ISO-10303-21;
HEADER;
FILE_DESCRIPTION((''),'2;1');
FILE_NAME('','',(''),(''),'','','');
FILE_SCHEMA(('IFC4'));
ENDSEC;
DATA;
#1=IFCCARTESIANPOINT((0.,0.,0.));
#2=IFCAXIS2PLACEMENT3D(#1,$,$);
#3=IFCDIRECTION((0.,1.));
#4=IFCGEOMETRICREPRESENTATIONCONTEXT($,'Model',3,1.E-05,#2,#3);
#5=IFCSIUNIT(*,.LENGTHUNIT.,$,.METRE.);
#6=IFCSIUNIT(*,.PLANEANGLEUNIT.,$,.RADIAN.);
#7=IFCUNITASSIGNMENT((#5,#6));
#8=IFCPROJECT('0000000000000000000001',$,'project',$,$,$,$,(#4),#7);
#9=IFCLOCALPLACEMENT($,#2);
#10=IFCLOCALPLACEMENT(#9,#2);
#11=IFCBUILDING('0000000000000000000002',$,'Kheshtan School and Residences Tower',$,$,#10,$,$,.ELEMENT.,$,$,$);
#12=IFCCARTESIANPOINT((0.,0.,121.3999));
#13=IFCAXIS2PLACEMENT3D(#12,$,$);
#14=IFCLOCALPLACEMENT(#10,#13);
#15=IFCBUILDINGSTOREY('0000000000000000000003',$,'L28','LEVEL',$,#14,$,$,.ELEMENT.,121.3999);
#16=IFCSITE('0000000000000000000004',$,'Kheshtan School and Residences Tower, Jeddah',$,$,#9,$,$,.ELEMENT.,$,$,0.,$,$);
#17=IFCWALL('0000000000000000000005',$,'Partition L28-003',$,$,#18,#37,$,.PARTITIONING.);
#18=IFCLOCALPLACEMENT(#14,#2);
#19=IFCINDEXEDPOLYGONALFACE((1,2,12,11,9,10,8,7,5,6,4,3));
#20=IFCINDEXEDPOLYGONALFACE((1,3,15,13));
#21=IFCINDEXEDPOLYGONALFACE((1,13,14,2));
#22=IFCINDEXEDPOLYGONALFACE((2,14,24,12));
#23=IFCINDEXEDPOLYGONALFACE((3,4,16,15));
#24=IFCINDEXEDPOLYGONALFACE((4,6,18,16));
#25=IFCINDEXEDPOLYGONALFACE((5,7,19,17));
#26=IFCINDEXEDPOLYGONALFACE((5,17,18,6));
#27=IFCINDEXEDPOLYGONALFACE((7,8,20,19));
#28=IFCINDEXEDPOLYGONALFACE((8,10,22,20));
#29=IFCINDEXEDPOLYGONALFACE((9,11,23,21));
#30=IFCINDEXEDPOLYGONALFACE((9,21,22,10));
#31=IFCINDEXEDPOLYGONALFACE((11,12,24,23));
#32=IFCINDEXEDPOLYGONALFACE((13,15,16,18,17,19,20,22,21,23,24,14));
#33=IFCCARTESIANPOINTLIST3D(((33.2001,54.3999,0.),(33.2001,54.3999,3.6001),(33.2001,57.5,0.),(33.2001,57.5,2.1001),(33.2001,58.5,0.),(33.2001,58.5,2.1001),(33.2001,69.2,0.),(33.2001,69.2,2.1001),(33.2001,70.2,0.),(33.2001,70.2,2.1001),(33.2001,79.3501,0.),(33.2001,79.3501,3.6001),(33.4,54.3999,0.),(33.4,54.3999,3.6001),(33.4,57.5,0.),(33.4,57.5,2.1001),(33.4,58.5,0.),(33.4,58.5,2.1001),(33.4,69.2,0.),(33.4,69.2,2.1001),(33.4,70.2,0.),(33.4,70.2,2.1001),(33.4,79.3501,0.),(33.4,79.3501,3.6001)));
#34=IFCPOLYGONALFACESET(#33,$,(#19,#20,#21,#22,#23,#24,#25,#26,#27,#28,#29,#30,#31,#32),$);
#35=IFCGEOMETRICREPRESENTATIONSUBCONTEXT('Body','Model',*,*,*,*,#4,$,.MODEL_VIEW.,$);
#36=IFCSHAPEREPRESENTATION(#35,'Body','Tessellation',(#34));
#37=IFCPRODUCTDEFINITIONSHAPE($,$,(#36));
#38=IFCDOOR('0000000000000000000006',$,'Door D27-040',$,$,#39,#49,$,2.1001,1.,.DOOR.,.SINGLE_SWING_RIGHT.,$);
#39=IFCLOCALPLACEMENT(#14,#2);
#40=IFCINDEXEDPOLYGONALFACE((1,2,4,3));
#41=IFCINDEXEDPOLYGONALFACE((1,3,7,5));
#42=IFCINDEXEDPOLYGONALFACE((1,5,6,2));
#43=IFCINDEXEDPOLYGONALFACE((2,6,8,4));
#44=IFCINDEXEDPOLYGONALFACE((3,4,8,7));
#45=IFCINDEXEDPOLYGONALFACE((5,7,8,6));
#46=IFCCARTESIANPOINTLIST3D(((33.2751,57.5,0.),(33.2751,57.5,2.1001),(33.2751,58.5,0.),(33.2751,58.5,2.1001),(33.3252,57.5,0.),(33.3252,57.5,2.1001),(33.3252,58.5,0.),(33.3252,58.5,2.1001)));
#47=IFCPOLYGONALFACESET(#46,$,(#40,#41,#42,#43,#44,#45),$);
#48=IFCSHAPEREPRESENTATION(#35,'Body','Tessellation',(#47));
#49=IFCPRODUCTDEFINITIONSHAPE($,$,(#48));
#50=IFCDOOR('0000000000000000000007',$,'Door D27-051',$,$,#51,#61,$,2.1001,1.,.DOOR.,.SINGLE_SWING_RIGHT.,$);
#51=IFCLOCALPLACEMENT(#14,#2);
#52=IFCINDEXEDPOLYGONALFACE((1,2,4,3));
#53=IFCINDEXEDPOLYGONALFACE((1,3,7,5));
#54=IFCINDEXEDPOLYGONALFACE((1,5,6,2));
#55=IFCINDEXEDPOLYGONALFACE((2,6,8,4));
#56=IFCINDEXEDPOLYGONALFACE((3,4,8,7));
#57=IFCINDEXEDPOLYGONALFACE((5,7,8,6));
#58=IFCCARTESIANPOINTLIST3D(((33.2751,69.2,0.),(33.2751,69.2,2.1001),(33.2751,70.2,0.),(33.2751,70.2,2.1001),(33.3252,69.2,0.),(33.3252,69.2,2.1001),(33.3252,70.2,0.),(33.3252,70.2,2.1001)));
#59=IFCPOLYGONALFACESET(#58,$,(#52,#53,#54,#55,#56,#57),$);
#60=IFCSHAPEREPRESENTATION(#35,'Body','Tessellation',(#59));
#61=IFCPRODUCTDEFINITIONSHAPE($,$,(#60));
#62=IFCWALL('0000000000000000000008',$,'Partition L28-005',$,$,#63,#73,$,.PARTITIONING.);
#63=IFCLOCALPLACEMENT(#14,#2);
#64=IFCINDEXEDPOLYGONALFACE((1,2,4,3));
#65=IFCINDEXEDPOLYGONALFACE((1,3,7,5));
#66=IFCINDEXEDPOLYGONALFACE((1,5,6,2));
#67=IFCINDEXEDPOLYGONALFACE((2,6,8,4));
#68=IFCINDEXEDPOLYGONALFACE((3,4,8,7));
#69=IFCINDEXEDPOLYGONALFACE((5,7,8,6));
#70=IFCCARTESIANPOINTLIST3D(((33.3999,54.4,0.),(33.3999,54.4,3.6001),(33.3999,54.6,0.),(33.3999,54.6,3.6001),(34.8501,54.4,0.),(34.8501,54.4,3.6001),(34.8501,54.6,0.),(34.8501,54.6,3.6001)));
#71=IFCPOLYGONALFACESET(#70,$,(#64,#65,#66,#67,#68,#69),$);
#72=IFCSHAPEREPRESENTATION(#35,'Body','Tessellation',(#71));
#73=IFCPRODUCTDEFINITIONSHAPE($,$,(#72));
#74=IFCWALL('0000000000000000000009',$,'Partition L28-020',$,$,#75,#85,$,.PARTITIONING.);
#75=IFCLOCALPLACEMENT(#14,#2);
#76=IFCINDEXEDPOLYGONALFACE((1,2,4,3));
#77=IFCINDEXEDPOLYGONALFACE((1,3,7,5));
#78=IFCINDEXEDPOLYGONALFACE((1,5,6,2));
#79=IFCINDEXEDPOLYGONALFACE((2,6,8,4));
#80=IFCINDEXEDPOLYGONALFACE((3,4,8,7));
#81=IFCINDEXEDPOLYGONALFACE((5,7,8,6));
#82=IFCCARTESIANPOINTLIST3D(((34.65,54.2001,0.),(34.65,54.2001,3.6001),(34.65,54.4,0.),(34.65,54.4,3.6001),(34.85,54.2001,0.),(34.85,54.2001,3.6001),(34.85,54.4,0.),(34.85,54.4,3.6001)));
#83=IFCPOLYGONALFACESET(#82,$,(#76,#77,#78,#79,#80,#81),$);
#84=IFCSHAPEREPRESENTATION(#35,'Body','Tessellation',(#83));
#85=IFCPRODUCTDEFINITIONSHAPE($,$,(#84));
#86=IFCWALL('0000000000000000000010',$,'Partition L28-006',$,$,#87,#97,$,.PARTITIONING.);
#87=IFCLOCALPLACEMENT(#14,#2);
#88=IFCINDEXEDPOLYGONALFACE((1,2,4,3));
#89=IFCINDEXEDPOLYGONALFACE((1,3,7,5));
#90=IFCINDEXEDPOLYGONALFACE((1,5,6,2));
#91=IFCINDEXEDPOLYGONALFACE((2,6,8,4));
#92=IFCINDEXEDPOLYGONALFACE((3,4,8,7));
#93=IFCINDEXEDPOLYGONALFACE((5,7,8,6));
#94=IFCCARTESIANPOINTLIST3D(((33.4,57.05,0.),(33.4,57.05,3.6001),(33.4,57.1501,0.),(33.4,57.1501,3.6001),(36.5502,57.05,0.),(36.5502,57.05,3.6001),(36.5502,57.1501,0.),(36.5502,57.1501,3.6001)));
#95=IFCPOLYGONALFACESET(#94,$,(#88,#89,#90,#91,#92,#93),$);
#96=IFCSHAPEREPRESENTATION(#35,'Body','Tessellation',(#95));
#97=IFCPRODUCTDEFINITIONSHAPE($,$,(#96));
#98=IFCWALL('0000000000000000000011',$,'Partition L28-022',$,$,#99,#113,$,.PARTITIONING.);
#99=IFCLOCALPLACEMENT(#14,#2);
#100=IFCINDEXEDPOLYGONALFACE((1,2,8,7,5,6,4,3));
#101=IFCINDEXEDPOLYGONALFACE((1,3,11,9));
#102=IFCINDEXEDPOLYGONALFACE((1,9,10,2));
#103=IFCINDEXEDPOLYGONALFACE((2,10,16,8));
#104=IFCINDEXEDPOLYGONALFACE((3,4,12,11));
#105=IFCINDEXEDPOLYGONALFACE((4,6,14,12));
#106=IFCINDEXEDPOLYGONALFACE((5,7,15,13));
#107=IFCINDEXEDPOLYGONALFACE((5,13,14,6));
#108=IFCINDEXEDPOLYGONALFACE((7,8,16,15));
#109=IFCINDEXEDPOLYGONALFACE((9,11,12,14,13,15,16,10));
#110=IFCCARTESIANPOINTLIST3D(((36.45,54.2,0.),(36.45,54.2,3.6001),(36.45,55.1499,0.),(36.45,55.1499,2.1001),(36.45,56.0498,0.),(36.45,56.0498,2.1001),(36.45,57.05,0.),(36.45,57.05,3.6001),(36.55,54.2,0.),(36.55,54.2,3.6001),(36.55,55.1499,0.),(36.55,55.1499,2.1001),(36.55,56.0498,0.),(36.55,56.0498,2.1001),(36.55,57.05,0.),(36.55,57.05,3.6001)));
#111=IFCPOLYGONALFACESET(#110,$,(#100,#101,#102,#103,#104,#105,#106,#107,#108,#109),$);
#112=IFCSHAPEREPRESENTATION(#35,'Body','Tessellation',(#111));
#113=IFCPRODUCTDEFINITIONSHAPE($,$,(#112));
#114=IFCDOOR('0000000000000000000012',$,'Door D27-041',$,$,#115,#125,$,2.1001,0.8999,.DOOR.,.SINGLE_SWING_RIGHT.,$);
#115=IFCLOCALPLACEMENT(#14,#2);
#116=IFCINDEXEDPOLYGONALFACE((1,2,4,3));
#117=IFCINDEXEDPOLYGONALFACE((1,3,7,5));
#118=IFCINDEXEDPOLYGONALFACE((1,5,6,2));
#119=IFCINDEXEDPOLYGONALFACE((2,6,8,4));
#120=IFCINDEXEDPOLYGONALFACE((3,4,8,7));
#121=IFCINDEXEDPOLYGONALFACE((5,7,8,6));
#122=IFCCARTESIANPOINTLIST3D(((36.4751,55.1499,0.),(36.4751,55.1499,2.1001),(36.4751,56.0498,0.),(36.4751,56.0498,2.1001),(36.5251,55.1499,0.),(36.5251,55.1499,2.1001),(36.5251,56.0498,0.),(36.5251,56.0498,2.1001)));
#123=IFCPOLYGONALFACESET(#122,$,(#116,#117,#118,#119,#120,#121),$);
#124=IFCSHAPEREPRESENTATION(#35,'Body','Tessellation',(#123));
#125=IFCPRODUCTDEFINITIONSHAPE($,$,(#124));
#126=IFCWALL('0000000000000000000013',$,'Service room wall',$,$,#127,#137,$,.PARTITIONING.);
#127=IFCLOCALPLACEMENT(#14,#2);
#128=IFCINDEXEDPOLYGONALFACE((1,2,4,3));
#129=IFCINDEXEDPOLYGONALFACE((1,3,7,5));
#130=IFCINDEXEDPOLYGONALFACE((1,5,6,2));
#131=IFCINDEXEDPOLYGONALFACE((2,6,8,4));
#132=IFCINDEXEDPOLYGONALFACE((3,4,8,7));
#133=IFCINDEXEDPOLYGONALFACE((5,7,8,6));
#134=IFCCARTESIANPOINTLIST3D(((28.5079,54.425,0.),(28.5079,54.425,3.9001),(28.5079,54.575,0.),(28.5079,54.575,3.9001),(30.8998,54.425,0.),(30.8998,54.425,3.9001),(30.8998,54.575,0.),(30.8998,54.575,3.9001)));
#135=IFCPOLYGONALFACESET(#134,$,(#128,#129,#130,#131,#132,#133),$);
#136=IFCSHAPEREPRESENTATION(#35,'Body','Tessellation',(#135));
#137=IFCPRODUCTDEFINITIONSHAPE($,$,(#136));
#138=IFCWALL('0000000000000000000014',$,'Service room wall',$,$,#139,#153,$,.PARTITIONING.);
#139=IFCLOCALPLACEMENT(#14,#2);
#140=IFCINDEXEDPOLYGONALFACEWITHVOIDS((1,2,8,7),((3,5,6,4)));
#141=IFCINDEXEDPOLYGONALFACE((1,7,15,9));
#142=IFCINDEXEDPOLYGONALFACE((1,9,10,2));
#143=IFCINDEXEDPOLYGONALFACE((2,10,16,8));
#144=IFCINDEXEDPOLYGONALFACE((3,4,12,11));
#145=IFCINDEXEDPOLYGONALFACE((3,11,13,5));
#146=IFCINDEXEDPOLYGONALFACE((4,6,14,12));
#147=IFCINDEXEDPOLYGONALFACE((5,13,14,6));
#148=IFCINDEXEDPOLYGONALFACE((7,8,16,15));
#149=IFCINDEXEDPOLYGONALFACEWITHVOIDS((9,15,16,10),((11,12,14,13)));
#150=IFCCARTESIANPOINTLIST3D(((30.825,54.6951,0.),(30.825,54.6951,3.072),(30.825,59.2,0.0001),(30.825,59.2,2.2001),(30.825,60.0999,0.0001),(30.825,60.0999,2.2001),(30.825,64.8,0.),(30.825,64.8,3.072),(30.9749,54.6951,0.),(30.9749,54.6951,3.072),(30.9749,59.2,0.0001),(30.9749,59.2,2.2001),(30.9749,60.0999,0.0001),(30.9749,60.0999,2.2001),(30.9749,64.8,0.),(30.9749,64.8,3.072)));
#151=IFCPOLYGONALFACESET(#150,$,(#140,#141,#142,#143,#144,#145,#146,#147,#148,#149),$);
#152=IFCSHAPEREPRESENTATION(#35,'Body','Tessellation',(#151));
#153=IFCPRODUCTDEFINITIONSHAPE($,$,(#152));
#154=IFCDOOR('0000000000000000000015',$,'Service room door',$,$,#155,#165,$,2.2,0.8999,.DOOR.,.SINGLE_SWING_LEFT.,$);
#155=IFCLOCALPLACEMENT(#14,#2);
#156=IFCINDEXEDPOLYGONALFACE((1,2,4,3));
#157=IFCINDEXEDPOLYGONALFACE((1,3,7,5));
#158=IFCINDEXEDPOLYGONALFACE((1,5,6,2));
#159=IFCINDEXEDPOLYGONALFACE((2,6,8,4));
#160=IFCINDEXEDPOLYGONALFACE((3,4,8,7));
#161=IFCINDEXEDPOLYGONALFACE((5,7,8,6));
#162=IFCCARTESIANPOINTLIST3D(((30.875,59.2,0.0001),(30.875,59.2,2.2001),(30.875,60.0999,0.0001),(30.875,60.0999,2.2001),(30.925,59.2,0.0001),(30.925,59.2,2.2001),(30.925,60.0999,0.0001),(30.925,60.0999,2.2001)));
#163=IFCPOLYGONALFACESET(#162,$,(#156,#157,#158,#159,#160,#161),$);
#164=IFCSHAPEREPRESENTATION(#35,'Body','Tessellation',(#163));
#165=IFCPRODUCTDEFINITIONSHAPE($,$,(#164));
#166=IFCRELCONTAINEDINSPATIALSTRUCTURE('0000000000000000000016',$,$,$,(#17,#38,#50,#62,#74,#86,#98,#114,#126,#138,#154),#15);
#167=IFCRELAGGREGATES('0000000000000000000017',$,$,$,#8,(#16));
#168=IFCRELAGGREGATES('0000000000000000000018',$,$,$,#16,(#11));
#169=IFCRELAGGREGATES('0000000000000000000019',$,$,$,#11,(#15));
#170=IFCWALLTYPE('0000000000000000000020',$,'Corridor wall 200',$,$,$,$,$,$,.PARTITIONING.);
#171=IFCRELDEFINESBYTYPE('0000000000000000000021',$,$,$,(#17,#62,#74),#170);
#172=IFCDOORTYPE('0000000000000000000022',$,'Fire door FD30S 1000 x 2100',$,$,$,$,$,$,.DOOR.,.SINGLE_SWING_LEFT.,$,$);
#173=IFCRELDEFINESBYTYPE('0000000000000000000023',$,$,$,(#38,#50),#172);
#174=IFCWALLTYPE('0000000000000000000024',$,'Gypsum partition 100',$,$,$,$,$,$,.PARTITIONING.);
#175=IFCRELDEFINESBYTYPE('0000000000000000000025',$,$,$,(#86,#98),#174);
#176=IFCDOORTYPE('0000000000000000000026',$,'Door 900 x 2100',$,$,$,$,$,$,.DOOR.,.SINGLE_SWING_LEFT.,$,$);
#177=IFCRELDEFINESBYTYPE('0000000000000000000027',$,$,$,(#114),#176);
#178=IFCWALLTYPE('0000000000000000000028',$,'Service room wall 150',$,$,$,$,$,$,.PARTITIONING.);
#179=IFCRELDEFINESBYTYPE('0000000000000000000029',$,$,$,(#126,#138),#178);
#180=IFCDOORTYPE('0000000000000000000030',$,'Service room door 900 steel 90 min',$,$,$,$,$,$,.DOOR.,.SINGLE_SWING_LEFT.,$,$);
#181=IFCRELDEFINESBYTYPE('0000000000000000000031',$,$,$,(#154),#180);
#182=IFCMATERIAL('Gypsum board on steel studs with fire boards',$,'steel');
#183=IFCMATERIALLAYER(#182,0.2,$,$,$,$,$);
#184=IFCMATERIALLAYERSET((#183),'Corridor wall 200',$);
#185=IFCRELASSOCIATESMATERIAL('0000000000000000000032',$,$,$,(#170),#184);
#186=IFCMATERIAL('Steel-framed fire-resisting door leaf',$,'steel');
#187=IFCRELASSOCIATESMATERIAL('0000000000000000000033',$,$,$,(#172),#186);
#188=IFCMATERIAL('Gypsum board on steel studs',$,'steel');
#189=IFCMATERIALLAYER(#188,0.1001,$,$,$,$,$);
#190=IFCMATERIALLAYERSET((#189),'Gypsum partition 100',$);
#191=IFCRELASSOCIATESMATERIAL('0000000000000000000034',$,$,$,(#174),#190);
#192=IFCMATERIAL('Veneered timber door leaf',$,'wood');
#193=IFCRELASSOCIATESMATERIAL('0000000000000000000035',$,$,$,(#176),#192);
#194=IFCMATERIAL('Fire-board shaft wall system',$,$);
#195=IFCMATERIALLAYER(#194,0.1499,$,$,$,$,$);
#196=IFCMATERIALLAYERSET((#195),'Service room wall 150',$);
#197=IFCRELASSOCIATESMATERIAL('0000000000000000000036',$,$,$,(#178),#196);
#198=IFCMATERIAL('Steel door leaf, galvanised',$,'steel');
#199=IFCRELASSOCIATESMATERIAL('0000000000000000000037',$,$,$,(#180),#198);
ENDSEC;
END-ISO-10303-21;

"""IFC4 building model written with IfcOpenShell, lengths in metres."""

from ifc_helpers import new_model, si_unit, direction, frame, frame_2d, origin, place, context, subcontext, project, spatial, rectangle, extrude, source, transform, mapped, material, layer, layer_set, type_object, element, fill, save


model = new_model("IFC4")

# Units and contexts
model_context = context("Model", 3, precision=1e-05, world=origin(), true_north=direction((0.0, 1.0)))
body_context = subcontext(model_context, "Body", "Model", "MODEL_VIEW")
ifc_project = project(units=[si_unit("LENGTHUNIT", "METRE"), si_unit("PLANEANGLEUNIT", "RADIAN")], contexts=[model_context])

# Site, building, storey
site_placement = place(None, origin())
site = spatial("IfcSite", under=ifc_project, at=site_placement, Name="Kheshtan School and Residences Tower, Jeddah", CompositionType="ELEMENT", RefElevation=0.0)
building_placement = place(site_placement, origin())
building = spatial("IfcBuilding", under=site, at=building_placement, Name="Kheshtan School and Residences Tower", CompositionType="ELEMENT")
storey_placement = place(building_placement, frame((0.0, 0.0, 121.3999)))
storey = spatial("IfcBuildingStorey", under=building, at=storey_placement, Name="L28", Description="LEVEL", CompositionType="ELEMENT", Elevation=121.3999)

# Wall, openings, doors
ifc_material_1 = material(Name="Gypsum board on steel studs with fire boards", Category="steel")
ifc_layer_1 = layer(ifc_material_1, 0.2)
ifc_layer_set_1 = layer_set([ifc_layer_1], Name="Corridor wall 200")
wall_type_1 = type_object("IfcWallType", Name="Corridor wall 200", PredefinedType="PARTITIONING", material=ifc_layer_set_1)
wall_1_placement = place(storey_placement, frame((33.3, 54.3999, 0.0), z_axis=(0.0, 0.0, 1.0), x_axis=(0.0, 1.0, 0.0)))
wall_1 = element("IfcWall", 1, at=wall_1_placement, inside=storey, type_object=wall_type_1, Name="Partition L28-003", PredefinedType="PARTITIONING", context=body_context, shape_type="SweptSolid", body=[
    extrude(rectangle(XDim=24.9502, YDim=0.2, at=frame_2d((12.4751, 0.0))), origin(), (0.0, 0.0, 1.0), 3.6001),
])
opening_1_placement = place(wall_1_placement, frame((3.1001, 0.0, 0.0)))
opening_1 = element("IfcOpeningElement", 2, at=opening_1_placement, cuts=wall_1, PredefinedType="OPENING", context=body_context, shape_type="SweptSolid", body=[
    extrude(rectangle(XDim=1.0, YDim=2.1001, at=frame_2d((0.5, 1.05))), frame((0.0, 0.1099, 0.0), z_axis=(0.0, -1.0, 0.0), x_axis=(1.0, 0.0, 0.0)), (0.0, 0.0, 1.0), 0.22),
])
opening_2_placement = place(wall_1_placement, frame((14.8, 0.0, 0.0)))
opening_2 = element("IfcOpeningElement", 3, at=opening_2_placement, cuts=wall_1, PredefinedType="OPENING", context=body_context, shape_type="SweptSolid", body=[
    extrude(rectangle(XDim=1.0, YDim=2.1001, at=frame_2d((0.5, 1.05))), frame((0.0, 0.1099, 0.0), z_axis=(0.0, -1.0, 0.0), x_axis=(1.0, 0.0, 0.0)), (0.0, 0.0, 1.0), 0.22),
])
ifc_material_2 = material(Name="Steel-framed fire-resisting door leaf", Category="steel")
door_type_1 = type_object("IfcDoorType", Name="Fire door FD30S 1000 x 2100", OperationType="SINGLE_SWING_LEFT", PredefinedType="DOOR", material=ifc_material_2)
shared_shape_1 = source(origin(), body_context, "Body", "SweptSolid", [
    extrude(rectangle(XDim=1.0, YDim=2.1001, at=frame_2d((0.5, 1.05))), frame((0.0, 0.0249, 0.0), z_axis=(0.0, -1.0, 0.0), x_axis=(1.0, 0.0, 0.0)), (0.0, 0.0, 1.0), 0.05),
])
door_1_placement = place(opening_1_placement, origin())
door_1 = element("IfcDoor", 4, at=door_1_placement, inside=storey, type_object=door_type_1, Name="Door D27-040", OperationType="SINGLE_SWING_RIGHT", OverallHeight=2.1001, OverallWidth=1.0, PredefinedType="DOOR", context=body_context, shape_type="MappedRepresentation", body=[
    mapped(shared_shape_1, transform((0.0, 0.0, 0.0), x_axis=(1.0, 0.0, 0.0), y_axis=(0.0, 1.0, 0.0), z_axis=(0.0, 0.0, 1.0), scale=1.0)),
])
fill(opening_1, door_1)
door_2_placement = place(opening_2_placement, origin())
door_2 = element("IfcDoor", 5, at=door_2_placement, inside=storey, type_object=door_type_1, Name="Door D27-051", OperationType="SINGLE_SWING_RIGHT", OverallHeight=2.1001, OverallWidth=1.0, PredefinedType="DOOR", context=body_context, shape_type="MappedRepresentation", body=[
    mapped(shared_shape_1, transform((0.0, 0.0, 0.0), x_axis=(1.0, 0.0, 0.0), y_axis=(0.0, 1.0, 0.0), z_axis=(0.0, 0.0, 1.0), scale=1.0)),
])
fill(opening_2, door_2)

# Walls
wall_2_placement = place(storey_placement, frame((33.3999, 54.5, 0.0), z_axis=(0.0, 0.0, 1.0), x_axis=(1.0, 0.0, 0.0)))
element("IfcWall", 6, at=wall_2_placement, inside=storey, type_object=wall_type_1, Name="Partition L28-005", PredefinedType="PARTITIONING", context=body_context, shape_type="SweptSolid", body=[
    extrude(rectangle(XDim=1.4502, YDim=0.2, at=frame_2d((0.7251, 0.0))), origin(), (0.0, 0.0, 1.0), 3.6001),
])
wall_3_placement = place(storey_placement, frame((34.75, 54.2, 0.0), z_axis=(0.0, 0.0, 1.0), x_axis=(0.0, 1.0, 0.0)))
element("IfcWall", 7, at=wall_3_placement, inside=storey, type_object=wall_type_1, Name="Partition L28-020", PredefinedType="PARTITIONING", context=body_context, shape_type="SweptSolid", body=[
    extrude(rectangle(XDim=0.2, YDim=0.2, at=frame_2d((0.1001, 0.0))), origin(), (0.0, 0.0, 1.0), 3.6001),
])
ifc_material_3 = material(Name="Gypsum board on steel studs", Category="steel")
ifc_layer_2 = layer(ifc_material_3, 0.1001)
ifc_layer_set_2 = layer_set([ifc_layer_2], Name="Gypsum partition 100")
wall_type_2 = type_object("IfcWallType", Name="Gypsum partition 100", PredefinedType="PARTITIONING", material=ifc_layer_set_2)
wall_4_placement = place(storey_placement, frame((33.3999, 57.1001, 0.0), z_axis=(0.0, 0.0, 1.0), x_axis=(1.0, 0.0, 0.0)))
element("IfcWall", 8, at=wall_4_placement, inside=storey, type_object=wall_type_2, Name="Partition L28-006", PredefinedType="PARTITIONING", context=body_context, shape_type="SweptSolid", body=[
    extrude(rectangle(XDim=3.1501, YDim=0.1001, at=frame_2d((1.5752, 0.0))), origin(), (0.0, 0.0, 1.0), 3.6001),
])

# Wall, opening, door
wall_5_placement = place(storey_placement, frame((36.5, 54.2, 0.0), z_axis=(0.0, 0.0, 1.0), x_axis=(0.0, 1.0, 0.0)))
wall_5 = element("IfcWall", 9, at=wall_5_placement, inside=storey, type_object=wall_type_2, Name="Partition L28-022", PredefinedType="PARTITIONING", context=body_context, shape_type="SweptSolid", body=[
    extrude(rectangle(XDim=2.8501, YDim=0.1001, at=frame_2d((1.425, 0.0))), origin(), (0.0, 0.0, 1.0), 3.6001),
])
opening_3_placement = place(wall_5_placement, frame((0.95, 0.0, 0.0)))
opening_3 = element("IfcOpeningElement", 10, at=opening_3_placement, cuts=wall_5, PredefinedType="OPENING", context=body_context, shape_type="SweptSolid", body=[
    extrude(rectangle(XDim=0.8999, YDim=2.1001, at=frame_2d((0.45, 1.05))), frame((0.0, 0.0601, 0.0), z_axis=(0.0, -1.0, 0.0), x_axis=(1.0, 0.0, 0.0)), (0.0, 0.0, 1.0), 0.1201),
])
ifc_material_4 = material(Name="Veneered timber door leaf", Category="wood")
door_type_2 = type_object("IfcDoorType", Name="Door 900 x 2100", OperationType="SINGLE_SWING_LEFT", PredefinedType="DOOR", material=ifc_material_4)
shared_shape_2 = source(origin(), body_context, "Body", "SweptSolid", [
    extrude(rectangle(XDim=0.8999, YDim=2.1001, at=frame_2d((0.45, 1.05))), frame((0.0, 0.0249, 0.0), z_axis=(0.0, -1.0, 0.0), x_axis=(1.0, 0.0, 0.0)), (0.0, 0.0, 1.0), 0.05),
])
door_3_placement = place(opening_3_placement, origin())
door_3 = element("IfcDoor", 11, at=door_3_placement, inside=storey, type_object=door_type_2, Name="Door D27-041", OperationType="SINGLE_SWING_RIGHT", OverallHeight=2.1001, OverallWidth=0.8999, PredefinedType="DOOR", context=body_context, shape_type="MappedRepresentation", body=[
    mapped(shared_shape_2, transform((0.0, 0.0, 0.0), x_axis=(1.0, 0.0, 0.0), y_axis=(0.0, 1.0, 0.0), z_axis=(0.0, 0.0, 1.0), scale=1.0)),
])
fill(opening_3, door_3)

# Wall
ifc_material_5 = material(Name="Fire-board shaft wall system")
ifc_layer_3 = layer(ifc_material_5, 0.1499)
ifc_layer_set_3 = layer_set([ifc_layer_3], Name="Service room wall 150")
wall_type_3 = type_object("IfcWallType", Name="Service room wall 150", PredefinedType="PARTITIONING", material=ifc_layer_set_3)
wall_6_placement = place(storey_placement, frame((28.5081, 54.5, 0.0), z_axis=(0.0, 0.0, 1.0), x_axis=(1.0, 0.0, 0.0)))
element("IfcWall", 12, at=wall_6_placement, inside=storey, type_object=wall_type_3, Name="Service room wall", PredefinedType="PARTITIONING", context=body_context, shape_type="SweptSolid", body=[
    extrude(rectangle(XDim=2.3918, YDim=0.1499, at=frame_2d((1.1958, 0.0))), origin(), (0.0, 0.0, 1.0), 3.9001),
])

# Wall, opening, door
wall_7_placement = place(storey_placement, frame((30.8999, 54.6951, 0.0), z_axis=(0.0, 0.0, 1.0), x_axis=(0.0, 1.0, 0.0)))
wall_7 = element("IfcWall", 13, at=wall_7_placement, inside=storey, type_object=wall_type_3, Name="Service room wall", PredefinedType="PARTITIONING", context=body_context, shape_type="SweptSolid", body=[
    extrude(rectangle(XDim=10.105, YDim=0.1499, at=frame_2d((5.0525, 0.0))), origin(), (0.0, 0.0, 1.0), 3.072),
])
opening_4_placement = place(wall_7_placement, frame((4.5049, 0.0, 0.0)))
opening_4 = element("IfcOpeningElement", 14, at=opening_4_placement, cuts=wall_7, PredefinedType="OPENING", context=body_context, shape_type="SweptSolid", body=[
    extrude(rectangle(XDim=0.8999, YDim=2.2, at=frame_2d((0.45, 1.1001))), frame((0.0, 0.085, 0.0), z_axis=(0.0, -1.0, 0.0), x_axis=(1.0, 0.0, 0.0)), (0.0, 0.0, 1.0), 0.1699),
])
ifc_material_6 = material(Name="Steel door leaf, galvanised", Category="steel")
door_type_3 = type_object("IfcDoorType", Name="Service room door 900 steel 90 min", OperationType="SINGLE_SWING_LEFT", PredefinedType="DOOR", material=ifc_material_6)
shared_shape_3 = source(origin(), body_context, "Body", "SweptSolid", [
    extrude(rectangle(XDim=0.8999, YDim=2.2, at=frame_2d((0.45, 1.1001))), frame((0.0, 0.0249, 0.0), z_axis=(0.0, -1.0, 0.0), x_axis=(1.0, 0.0, 0.0)), (0.0, 0.0, 1.0), 0.05),
])
door_4_placement = place(opening_4_placement, origin())
door_4 = element("IfcDoor", 15, at=door_4_placement, inside=storey, type_object=door_type_3, Name="Service room door", OperationType="SINGLE_SWING_LEFT", OverallHeight=2.2, OverallWidth=0.8999, PredefinedType="DOOR", context=body_context, shape_type="MappedRepresentation", body=[
    mapped(shared_shape_3, transform((0.0, 0.0, 0.0), x_axis=(1.0, 0.0, 0.0), y_axis=(0.0, 1.0, 0.0), z_axis=(0.0, 0.0, 1.0), scale=1.0)),
])
fill(opening_4, door_4)

save(model, "model.ifc")
